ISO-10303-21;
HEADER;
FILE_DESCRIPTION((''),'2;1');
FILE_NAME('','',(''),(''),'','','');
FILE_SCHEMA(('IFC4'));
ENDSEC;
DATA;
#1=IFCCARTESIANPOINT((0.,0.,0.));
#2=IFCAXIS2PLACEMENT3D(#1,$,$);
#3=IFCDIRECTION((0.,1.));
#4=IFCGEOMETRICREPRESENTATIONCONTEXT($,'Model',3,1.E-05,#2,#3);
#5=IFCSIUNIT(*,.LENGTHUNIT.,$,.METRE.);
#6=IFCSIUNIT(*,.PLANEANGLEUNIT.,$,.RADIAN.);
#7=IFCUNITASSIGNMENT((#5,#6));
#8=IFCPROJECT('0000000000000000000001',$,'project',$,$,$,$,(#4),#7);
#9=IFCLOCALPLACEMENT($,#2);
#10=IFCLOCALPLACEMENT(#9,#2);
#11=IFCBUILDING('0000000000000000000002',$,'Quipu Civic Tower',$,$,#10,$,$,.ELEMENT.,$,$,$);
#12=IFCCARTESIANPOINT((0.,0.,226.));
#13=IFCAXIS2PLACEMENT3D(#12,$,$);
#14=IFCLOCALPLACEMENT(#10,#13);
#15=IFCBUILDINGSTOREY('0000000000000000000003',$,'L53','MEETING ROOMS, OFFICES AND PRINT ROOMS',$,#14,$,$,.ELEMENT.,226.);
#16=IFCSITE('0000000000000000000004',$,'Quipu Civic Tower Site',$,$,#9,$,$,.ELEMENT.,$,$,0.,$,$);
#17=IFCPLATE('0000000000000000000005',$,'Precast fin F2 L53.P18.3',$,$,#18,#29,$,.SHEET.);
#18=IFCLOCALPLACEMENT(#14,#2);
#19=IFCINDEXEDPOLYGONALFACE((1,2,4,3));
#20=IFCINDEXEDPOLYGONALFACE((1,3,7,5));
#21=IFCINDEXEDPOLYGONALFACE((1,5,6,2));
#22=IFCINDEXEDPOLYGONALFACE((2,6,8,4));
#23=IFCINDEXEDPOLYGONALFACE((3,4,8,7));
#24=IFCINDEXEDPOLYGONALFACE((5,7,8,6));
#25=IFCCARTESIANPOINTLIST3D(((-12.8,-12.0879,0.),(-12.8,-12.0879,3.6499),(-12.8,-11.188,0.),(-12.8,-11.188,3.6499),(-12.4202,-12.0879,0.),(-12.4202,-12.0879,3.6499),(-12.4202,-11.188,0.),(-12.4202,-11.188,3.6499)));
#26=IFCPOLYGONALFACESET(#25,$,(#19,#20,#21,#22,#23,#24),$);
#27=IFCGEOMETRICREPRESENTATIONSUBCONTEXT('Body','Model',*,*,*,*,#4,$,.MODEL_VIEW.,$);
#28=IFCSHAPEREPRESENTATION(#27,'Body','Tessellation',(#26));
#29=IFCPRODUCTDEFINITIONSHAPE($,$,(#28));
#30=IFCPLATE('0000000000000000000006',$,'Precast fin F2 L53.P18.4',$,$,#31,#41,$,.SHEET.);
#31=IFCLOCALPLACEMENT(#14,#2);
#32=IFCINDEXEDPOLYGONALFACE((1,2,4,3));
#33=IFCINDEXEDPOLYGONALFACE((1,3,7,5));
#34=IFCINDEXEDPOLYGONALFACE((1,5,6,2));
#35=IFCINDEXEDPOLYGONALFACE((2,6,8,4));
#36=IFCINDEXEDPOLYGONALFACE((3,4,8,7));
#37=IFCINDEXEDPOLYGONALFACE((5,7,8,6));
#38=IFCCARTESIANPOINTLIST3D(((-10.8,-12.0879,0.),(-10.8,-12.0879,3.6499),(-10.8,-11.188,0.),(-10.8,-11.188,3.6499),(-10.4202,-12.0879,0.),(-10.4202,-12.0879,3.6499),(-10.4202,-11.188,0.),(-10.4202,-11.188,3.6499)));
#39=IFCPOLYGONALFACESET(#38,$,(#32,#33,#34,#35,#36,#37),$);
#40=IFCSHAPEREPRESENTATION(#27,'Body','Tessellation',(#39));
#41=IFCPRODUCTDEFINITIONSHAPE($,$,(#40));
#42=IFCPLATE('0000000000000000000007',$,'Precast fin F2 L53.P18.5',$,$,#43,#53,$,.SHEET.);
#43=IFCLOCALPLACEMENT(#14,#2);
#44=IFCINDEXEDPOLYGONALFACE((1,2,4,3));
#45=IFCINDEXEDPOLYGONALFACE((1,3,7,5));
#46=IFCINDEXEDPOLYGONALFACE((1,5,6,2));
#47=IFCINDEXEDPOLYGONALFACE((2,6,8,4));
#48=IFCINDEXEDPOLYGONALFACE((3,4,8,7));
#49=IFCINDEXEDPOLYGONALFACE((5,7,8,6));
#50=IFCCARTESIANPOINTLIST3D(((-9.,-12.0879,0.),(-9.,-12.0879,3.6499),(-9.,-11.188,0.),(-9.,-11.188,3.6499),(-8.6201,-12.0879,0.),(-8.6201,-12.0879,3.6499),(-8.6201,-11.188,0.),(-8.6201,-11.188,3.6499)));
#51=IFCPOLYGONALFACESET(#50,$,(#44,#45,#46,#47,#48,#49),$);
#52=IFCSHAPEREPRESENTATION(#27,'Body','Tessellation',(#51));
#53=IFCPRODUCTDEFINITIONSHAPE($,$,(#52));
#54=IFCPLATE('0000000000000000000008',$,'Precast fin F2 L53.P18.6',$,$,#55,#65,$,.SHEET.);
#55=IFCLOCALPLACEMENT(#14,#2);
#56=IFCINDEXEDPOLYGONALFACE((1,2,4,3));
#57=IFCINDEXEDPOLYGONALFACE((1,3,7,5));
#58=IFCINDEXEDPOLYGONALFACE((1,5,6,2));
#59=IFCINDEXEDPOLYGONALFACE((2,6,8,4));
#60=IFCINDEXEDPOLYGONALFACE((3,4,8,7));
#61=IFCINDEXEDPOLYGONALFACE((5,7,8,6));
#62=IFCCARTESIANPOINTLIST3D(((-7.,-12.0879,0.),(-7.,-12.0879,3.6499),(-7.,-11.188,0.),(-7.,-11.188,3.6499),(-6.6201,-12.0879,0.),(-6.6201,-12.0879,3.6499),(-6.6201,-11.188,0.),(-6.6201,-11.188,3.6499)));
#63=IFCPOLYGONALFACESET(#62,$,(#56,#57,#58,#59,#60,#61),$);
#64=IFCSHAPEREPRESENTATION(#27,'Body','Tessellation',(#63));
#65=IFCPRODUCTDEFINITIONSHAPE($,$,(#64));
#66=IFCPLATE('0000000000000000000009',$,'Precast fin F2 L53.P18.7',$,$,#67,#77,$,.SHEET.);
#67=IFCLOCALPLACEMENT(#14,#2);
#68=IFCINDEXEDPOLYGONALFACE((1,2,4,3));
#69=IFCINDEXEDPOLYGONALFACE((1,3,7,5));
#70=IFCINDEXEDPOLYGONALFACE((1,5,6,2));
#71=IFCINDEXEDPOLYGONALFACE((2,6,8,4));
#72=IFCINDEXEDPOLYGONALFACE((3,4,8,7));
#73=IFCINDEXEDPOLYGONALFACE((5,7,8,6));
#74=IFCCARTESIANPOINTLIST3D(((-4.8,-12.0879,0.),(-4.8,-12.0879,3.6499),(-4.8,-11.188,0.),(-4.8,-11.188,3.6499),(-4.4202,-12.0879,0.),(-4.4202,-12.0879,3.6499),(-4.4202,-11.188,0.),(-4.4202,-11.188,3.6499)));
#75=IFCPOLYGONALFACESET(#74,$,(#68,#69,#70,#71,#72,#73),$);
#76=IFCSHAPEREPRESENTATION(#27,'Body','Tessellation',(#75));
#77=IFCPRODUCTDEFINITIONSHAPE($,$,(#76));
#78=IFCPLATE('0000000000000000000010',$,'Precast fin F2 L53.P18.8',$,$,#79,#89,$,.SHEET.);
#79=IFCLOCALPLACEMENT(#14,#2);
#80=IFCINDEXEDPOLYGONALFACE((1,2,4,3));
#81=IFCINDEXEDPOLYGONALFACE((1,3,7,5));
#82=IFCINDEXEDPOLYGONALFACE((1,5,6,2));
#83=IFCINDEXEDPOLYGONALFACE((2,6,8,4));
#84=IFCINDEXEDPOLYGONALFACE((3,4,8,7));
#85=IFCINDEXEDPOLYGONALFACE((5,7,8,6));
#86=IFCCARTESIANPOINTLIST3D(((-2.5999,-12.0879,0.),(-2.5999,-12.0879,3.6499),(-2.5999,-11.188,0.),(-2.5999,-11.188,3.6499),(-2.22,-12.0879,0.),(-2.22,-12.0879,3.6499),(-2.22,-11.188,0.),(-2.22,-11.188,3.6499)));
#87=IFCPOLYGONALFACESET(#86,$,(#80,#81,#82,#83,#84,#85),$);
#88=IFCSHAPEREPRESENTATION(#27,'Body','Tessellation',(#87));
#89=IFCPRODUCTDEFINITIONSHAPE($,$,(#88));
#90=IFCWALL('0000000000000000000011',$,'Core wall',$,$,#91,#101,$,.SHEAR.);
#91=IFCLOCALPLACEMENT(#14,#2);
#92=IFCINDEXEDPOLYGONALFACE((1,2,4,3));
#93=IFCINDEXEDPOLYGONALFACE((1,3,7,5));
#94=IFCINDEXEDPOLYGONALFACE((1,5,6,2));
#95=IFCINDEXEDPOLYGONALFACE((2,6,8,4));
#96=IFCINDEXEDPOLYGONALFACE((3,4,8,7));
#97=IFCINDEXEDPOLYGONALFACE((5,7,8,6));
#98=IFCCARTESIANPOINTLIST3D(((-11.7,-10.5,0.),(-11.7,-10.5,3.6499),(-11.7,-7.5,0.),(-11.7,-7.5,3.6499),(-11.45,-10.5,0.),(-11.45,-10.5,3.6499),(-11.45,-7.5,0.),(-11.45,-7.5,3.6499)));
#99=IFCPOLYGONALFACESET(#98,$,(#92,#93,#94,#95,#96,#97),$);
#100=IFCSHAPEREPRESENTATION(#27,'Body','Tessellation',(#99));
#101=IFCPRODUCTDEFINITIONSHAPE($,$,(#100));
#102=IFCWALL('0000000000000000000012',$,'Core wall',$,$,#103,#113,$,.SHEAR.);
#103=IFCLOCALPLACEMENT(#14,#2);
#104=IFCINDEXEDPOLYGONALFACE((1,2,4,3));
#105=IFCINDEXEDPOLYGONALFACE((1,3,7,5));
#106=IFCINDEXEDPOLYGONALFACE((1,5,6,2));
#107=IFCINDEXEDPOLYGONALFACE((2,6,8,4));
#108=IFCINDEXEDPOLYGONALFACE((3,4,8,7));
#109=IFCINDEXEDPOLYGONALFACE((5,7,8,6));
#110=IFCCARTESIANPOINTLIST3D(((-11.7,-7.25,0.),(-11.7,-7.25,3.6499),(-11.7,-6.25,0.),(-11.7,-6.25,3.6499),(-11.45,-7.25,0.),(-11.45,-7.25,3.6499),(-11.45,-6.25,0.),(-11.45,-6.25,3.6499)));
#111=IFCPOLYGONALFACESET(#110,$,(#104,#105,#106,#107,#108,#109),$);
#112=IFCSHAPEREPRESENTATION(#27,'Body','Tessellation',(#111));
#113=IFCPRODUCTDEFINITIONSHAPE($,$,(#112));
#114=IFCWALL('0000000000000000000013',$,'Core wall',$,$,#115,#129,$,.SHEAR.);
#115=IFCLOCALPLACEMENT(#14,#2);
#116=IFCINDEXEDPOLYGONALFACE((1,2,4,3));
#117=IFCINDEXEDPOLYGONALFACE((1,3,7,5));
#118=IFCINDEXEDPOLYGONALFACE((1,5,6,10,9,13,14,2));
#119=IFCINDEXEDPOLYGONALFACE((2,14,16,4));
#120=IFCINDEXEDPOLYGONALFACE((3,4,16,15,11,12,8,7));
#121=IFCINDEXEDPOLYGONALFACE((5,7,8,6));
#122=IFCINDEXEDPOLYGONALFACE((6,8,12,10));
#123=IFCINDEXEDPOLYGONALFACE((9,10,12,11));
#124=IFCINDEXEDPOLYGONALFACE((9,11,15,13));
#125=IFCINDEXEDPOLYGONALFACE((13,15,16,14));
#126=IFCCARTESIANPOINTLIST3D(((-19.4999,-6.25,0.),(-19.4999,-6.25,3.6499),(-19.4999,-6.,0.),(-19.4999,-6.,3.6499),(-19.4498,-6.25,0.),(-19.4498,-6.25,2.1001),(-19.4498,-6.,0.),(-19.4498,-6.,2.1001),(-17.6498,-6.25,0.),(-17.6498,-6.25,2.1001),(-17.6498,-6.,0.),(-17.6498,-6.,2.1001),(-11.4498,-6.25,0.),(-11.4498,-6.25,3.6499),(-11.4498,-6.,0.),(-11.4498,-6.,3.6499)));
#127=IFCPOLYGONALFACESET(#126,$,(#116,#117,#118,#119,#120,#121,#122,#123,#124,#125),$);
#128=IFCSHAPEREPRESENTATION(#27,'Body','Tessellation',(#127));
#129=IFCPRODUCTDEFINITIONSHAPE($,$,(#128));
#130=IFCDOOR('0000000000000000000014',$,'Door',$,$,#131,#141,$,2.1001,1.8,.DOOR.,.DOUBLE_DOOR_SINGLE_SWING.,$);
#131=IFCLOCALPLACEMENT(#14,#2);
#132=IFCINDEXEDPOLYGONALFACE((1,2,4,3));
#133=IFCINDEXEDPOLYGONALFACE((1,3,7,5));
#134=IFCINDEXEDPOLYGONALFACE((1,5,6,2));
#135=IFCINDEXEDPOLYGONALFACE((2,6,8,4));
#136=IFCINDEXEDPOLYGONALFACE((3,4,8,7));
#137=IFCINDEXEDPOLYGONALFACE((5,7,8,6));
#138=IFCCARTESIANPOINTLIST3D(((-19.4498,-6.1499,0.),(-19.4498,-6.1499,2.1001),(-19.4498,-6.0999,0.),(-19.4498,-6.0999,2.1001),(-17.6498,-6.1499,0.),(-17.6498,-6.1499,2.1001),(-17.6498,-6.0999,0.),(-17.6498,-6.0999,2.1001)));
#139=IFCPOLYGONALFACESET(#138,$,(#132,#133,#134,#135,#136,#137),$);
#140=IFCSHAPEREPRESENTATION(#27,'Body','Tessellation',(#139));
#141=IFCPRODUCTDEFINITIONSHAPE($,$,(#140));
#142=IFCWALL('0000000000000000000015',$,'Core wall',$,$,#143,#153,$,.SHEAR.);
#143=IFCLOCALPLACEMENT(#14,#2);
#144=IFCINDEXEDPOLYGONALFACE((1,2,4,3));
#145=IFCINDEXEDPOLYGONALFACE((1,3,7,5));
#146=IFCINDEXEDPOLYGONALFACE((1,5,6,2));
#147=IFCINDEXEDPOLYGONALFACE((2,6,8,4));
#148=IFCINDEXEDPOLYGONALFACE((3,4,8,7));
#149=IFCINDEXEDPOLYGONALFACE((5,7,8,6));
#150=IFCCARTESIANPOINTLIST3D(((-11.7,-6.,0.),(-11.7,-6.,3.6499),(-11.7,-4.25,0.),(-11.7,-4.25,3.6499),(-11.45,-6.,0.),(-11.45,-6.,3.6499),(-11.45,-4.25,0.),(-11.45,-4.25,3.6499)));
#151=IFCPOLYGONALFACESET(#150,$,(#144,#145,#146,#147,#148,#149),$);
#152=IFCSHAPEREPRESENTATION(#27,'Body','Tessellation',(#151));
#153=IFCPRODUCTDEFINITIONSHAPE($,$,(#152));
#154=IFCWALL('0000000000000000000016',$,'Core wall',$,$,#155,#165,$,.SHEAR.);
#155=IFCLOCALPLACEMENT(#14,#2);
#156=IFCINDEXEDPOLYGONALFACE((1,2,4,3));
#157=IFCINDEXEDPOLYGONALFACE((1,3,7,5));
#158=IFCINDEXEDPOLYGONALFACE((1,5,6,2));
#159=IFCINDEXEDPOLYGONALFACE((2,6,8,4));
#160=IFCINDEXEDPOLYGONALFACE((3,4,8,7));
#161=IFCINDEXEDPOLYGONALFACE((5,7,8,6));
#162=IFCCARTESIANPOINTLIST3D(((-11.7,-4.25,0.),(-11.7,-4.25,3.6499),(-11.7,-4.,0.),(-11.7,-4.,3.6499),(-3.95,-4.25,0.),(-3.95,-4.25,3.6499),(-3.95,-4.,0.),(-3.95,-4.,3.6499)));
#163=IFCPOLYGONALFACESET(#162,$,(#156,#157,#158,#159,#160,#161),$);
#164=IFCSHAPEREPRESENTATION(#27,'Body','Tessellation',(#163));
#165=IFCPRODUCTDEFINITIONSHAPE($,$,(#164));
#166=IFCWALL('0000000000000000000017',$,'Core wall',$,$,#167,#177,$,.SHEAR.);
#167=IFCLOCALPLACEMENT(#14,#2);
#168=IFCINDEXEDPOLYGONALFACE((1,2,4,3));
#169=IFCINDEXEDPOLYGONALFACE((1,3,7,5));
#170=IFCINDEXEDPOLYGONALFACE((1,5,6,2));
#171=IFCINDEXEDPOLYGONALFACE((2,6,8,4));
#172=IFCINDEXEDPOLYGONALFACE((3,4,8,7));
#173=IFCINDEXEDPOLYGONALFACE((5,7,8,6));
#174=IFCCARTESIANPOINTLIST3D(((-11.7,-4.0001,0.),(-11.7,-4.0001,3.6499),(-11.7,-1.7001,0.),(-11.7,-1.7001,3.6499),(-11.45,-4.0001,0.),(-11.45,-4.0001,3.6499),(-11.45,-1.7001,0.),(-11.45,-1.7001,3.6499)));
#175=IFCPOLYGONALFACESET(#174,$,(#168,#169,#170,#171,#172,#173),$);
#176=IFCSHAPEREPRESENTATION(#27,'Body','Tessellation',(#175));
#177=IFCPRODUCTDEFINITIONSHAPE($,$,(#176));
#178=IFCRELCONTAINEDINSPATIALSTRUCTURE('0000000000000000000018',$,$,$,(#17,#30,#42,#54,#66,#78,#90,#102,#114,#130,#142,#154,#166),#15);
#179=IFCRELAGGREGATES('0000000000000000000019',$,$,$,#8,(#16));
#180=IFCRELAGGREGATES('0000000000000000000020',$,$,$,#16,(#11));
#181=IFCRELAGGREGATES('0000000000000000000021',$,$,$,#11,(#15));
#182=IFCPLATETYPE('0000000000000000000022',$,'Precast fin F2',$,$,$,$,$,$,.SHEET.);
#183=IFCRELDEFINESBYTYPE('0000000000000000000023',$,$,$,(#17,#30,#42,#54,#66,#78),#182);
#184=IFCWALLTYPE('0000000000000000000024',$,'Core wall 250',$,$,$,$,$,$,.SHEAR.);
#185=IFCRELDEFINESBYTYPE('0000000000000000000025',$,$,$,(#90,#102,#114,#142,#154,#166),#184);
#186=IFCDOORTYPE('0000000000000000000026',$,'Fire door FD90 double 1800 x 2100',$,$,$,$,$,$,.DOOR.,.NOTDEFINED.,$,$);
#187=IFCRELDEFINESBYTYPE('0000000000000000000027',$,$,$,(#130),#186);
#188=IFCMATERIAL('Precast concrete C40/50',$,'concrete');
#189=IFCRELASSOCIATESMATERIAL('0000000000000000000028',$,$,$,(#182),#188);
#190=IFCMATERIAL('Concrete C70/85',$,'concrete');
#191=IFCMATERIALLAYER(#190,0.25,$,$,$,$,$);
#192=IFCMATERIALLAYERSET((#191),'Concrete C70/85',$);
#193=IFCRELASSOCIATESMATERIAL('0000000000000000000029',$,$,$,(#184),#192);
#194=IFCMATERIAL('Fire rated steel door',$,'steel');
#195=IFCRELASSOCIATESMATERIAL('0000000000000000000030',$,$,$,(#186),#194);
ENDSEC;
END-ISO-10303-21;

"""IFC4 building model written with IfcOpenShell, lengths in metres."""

from ifc_helpers import new_model, si_unit, direction, frame, frame_2d, origin, origin_2d, place, context, subcontext, project, spatial, rectangle, extrude, material, layer, layer_set, type_object, element, fill, save


model = new_model("IFC4")

# Units and contexts
model_context = context("Model", 3, precision=1e-05, world=origin(), true_north=direction((0.0, 1.0)))
body_context = subcontext(model_context, "Body", "Model", "MODEL_VIEW")
ifc_project = project(units=[si_unit("LENGTHUNIT", "METRE"), si_unit("PLANEANGLEUNIT", "RADIAN")], contexts=[model_context])

# Site, building, storey
site_placement = place(None, origin())
site = spatial("IfcSite", under=ifc_project, at=site_placement, Name="Quipu Civic Tower Site", CompositionType="ELEMENT", RefElevation=0.0)
building_placement = place(site_placement, origin())
building = spatial("IfcBuilding", under=site, at=building_placement, Name="Quipu Civic Tower", CompositionType="ELEMENT")
storey_placement = place(building_placement, frame((0.0, 0.0, 226.0)))
storey = spatial("IfcBuildingStorey", under=building, at=storey_placement, Name="L53", Description="MEETING ROOMS, OFFICES AND PRINT ROOMS", CompositionType="ELEMENT", Elevation=226.0)

# Plates
ifc_material_1 = material(Name="Precast concrete C40/50", Category="concrete")
plate_type = type_object("IfcPlateType", Name="Precast fin F2", PredefinedType="SHEET", material=ifc_material_1)
for number, where, z_axis, x_axis, name in (
    (1, (-12.6101, -11.6379, 0.0), (0.0, 0.0, 1.0), (1.0, 0.0, 0.0), "Precast fin F2 L53.P18.3"),
    (2, (-10.6101, -11.6379, 0.0), (0.0, 0.0, 1.0), (1.0, 0.0, 0.0), "Precast fin F2 L53.P18.4"),
    (3, (-8.8101, -11.6379, 0.0), (0.0, 0.0, 1.0), (1.0, 0.0, 0.0), "Precast fin F2 L53.P18.5"),
    (4, (-6.8101, -11.6379, 0.0), (0.0, 0.0, 1.0), (1.0, 0.0, 0.0), "Precast fin F2 L53.P18.6"),
    (5, (-4.6101, -11.6379, 0.0), (0.0, 0.0, 1.0), (1.0, 0.0, 0.0), "Precast fin F2 L53.P18.7"),
    (6, (-2.4099, -11.6379, 0.0), (0.0, 0.0, 1.0), (1.0, 0.0, 0.0), "Precast fin F2 L53.P18.8"),
):
    element("IfcPlate", number, at=place(storey_placement, frame(where, z_axis=z_axis, x_axis=x_axis)), inside=storey, type_object=plate_type, Name=name, PredefinedType="SHEET", context=body_context, shape_type="SweptSolid", body=[
        extrude(rectangle(XDim=0.3799, YDim=0.8999, at=origin_2d()), origin(), (0.0, 0.0, 1.0), 3.6499),
    ])

# Walls
ifc_material_2 = material(Name="Concrete C70/85", Category="concrete")
ifc_layer_1 = layer(ifc_material_2, 0.25)
ifc_layer_set_1 = layer_set([ifc_layer_1], Name="Concrete C70/85")
wall_type_1 = type_object("IfcWallType", Name="Core wall 250", PredefinedType="SHEAR", material=ifc_layer_set_1)
wall_1_placement = place(storey_placement, frame((-11.575, -10.5, 0.0), z_axis=(0.0, 0.0, 1.0), x_axis=(0.0, 1.0, 0.0)))
element("IfcWall", 7, at=wall_1_placement, inside=storey, type_object=wall_type_1, Name="Core wall", PredefinedType="SHEAR", context=body_context, shape_type="SweptSolid", body=[
    extrude(rectangle(XDim=3.0, YDim=0.25, at=frame_2d((1.5, 0.0))), origin(), (0.0, 0.0, 1.0), 3.6499),
])
wall_2_placement = place(storey_placement, frame((-11.575, -7.25, 0.0), z_axis=(0.0, 0.0, 1.0), x_axis=(0.0, 1.0, 0.0)))
element("IfcWall", 8, at=wall_2_placement, inside=storey, type_object=wall_type_1, Name="Core wall", PredefinedType="SHEAR", context=body_context, shape_type="SweptSolid", body=[
    extrude(rectangle(XDim=1.0, YDim=0.25, at=frame_2d((0.5, 0.0))), origin(), (0.0, 0.0, 1.0), 3.6499),
])

# Wall, opening, door
wall_3_placement = place(storey_placement, frame((-11.45, -6.125, 0.0), z_axis=(0.0, 0.0, 1.0), x_axis=(-1.0, 0.0, 0.0)))
wall_3 = element("IfcWall", 9, at=wall_3_placement, inside=storey, type_object=wall_type_1, Name="Core wall", PredefinedType="SHEAR", context=body_context, shape_type="SweptSolid", body=[
    extrude(rectangle(XDim=8.05, YDim=0.25, at=frame_2d((4.0249, 0.0))), origin(), (0.0, 0.0, 1.0), 3.6499),
])
opening_1_placement = place(wall_3_placement, frame((6.2, 0.0, 0.0)))
opening_1 = element("IfcOpeningElement", 10, at=opening_1_placement, cuts=wall_3, PredefinedType="OPENING", context=body_context, shape_type="SweptSolid", body=[
    extrude(rectangle(XDim=1.8, YDim=2.1001, at=frame_2d((0.8999, 1.05))), frame((0.0, 0.135, 0.0), z_axis=(0.0, -1.0, 0.0), x_axis=(1.0, 0.0, 0.0)), (0.0, 0.0, 1.0), 0.27),
])
ifc_material_3 = material(Name="Fire rated steel door", Category="steel")
door_type_1 = type_object("IfcDoorType", Name="Fire door FD90 double 1800 x 2100", OperationType="NOTDEFINED", PredefinedType="DOOR", material=ifc_material_3)
door_1_placement = place(opening_1_placement, origin())
door_1 = element("IfcDoor", 11, at=door_1_placement, inside=storey, type_object=door_type_1, Name="Door", OperationType="DOUBLE_DOOR_SINGLE_SWING", OverallHeight=2.1001, OverallWidth=1.8, PredefinedType="DOOR", context=body_context, shape_type="SweptSolid", body=[
    extrude(rectangle(XDim=1.8, YDim=2.1001, at=frame_2d((0.8999, 1.05))), frame((0.0, 0.0249, 0.0), z_axis=(0.0, -1.0, 0.0), x_axis=(1.0, 0.0, 0.0)), (0.0, 0.0, 1.0), 0.05),
])
fill(opening_1, door_1)

# Walls
wall_4_placement = place(storey_placement, frame((-11.575, -6.0, 0.0), z_axis=(0.0, 0.0, 1.0), x_axis=(0.0, 1.0, 0.0)))
element("IfcWall", 12, at=wall_4_placement, inside=storey, type_object=wall_type_1, Name="Core wall", PredefinedType="SHEAR", context=body_context, shape_type="SweptSolid", body=[
    extrude(rectangle(XDim=1.75, YDim=0.25, at=frame_2d((0.875, 0.0))), origin(), (0.0, 0.0, 1.0), 3.6499),
])
wall_5_placement = place(storey_placement, frame((-11.7, -4.125, 0.0), z_axis=(0.0, 0.0, 1.0), x_axis=(1.0, 0.0, 0.0)))
element("IfcWall", 13, at=wall_5_placement, inside=storey, type_object=wall_type_1, Name="Core wall", PredefinedType="SHEAR", context=body_context, shape_type="SweptSolid", body=[
    extrude(rectangle(XDim=7.75, YDim=0.25, at=frame_2d((3.875, 0.0))), origin(), (0.0, 0.0, 1.0), 3.6499),
])
wall_6_placement = place(storey_placement, frame((-11.575, -4.0, 0.0), z_axis=(0.0, 0.0, 1.0), x_axis=(0.0, 1.0, 0.0)))
element("IfcWall", 14, at=wall_6_placement, inside=storey, type_object=wall_type_1, Name="Core wall", PredefinedType="SHEAR", context=body_context, shape_type="SweptSolid", body=[
    extrude(rectangle(XDim=2.3, YDim=0.25, at=frame_2d((1.1499, 0.0))), origin(), (0.0, 0.0, 1.0), 3.6499),
])

save(model, "model.ifc")
